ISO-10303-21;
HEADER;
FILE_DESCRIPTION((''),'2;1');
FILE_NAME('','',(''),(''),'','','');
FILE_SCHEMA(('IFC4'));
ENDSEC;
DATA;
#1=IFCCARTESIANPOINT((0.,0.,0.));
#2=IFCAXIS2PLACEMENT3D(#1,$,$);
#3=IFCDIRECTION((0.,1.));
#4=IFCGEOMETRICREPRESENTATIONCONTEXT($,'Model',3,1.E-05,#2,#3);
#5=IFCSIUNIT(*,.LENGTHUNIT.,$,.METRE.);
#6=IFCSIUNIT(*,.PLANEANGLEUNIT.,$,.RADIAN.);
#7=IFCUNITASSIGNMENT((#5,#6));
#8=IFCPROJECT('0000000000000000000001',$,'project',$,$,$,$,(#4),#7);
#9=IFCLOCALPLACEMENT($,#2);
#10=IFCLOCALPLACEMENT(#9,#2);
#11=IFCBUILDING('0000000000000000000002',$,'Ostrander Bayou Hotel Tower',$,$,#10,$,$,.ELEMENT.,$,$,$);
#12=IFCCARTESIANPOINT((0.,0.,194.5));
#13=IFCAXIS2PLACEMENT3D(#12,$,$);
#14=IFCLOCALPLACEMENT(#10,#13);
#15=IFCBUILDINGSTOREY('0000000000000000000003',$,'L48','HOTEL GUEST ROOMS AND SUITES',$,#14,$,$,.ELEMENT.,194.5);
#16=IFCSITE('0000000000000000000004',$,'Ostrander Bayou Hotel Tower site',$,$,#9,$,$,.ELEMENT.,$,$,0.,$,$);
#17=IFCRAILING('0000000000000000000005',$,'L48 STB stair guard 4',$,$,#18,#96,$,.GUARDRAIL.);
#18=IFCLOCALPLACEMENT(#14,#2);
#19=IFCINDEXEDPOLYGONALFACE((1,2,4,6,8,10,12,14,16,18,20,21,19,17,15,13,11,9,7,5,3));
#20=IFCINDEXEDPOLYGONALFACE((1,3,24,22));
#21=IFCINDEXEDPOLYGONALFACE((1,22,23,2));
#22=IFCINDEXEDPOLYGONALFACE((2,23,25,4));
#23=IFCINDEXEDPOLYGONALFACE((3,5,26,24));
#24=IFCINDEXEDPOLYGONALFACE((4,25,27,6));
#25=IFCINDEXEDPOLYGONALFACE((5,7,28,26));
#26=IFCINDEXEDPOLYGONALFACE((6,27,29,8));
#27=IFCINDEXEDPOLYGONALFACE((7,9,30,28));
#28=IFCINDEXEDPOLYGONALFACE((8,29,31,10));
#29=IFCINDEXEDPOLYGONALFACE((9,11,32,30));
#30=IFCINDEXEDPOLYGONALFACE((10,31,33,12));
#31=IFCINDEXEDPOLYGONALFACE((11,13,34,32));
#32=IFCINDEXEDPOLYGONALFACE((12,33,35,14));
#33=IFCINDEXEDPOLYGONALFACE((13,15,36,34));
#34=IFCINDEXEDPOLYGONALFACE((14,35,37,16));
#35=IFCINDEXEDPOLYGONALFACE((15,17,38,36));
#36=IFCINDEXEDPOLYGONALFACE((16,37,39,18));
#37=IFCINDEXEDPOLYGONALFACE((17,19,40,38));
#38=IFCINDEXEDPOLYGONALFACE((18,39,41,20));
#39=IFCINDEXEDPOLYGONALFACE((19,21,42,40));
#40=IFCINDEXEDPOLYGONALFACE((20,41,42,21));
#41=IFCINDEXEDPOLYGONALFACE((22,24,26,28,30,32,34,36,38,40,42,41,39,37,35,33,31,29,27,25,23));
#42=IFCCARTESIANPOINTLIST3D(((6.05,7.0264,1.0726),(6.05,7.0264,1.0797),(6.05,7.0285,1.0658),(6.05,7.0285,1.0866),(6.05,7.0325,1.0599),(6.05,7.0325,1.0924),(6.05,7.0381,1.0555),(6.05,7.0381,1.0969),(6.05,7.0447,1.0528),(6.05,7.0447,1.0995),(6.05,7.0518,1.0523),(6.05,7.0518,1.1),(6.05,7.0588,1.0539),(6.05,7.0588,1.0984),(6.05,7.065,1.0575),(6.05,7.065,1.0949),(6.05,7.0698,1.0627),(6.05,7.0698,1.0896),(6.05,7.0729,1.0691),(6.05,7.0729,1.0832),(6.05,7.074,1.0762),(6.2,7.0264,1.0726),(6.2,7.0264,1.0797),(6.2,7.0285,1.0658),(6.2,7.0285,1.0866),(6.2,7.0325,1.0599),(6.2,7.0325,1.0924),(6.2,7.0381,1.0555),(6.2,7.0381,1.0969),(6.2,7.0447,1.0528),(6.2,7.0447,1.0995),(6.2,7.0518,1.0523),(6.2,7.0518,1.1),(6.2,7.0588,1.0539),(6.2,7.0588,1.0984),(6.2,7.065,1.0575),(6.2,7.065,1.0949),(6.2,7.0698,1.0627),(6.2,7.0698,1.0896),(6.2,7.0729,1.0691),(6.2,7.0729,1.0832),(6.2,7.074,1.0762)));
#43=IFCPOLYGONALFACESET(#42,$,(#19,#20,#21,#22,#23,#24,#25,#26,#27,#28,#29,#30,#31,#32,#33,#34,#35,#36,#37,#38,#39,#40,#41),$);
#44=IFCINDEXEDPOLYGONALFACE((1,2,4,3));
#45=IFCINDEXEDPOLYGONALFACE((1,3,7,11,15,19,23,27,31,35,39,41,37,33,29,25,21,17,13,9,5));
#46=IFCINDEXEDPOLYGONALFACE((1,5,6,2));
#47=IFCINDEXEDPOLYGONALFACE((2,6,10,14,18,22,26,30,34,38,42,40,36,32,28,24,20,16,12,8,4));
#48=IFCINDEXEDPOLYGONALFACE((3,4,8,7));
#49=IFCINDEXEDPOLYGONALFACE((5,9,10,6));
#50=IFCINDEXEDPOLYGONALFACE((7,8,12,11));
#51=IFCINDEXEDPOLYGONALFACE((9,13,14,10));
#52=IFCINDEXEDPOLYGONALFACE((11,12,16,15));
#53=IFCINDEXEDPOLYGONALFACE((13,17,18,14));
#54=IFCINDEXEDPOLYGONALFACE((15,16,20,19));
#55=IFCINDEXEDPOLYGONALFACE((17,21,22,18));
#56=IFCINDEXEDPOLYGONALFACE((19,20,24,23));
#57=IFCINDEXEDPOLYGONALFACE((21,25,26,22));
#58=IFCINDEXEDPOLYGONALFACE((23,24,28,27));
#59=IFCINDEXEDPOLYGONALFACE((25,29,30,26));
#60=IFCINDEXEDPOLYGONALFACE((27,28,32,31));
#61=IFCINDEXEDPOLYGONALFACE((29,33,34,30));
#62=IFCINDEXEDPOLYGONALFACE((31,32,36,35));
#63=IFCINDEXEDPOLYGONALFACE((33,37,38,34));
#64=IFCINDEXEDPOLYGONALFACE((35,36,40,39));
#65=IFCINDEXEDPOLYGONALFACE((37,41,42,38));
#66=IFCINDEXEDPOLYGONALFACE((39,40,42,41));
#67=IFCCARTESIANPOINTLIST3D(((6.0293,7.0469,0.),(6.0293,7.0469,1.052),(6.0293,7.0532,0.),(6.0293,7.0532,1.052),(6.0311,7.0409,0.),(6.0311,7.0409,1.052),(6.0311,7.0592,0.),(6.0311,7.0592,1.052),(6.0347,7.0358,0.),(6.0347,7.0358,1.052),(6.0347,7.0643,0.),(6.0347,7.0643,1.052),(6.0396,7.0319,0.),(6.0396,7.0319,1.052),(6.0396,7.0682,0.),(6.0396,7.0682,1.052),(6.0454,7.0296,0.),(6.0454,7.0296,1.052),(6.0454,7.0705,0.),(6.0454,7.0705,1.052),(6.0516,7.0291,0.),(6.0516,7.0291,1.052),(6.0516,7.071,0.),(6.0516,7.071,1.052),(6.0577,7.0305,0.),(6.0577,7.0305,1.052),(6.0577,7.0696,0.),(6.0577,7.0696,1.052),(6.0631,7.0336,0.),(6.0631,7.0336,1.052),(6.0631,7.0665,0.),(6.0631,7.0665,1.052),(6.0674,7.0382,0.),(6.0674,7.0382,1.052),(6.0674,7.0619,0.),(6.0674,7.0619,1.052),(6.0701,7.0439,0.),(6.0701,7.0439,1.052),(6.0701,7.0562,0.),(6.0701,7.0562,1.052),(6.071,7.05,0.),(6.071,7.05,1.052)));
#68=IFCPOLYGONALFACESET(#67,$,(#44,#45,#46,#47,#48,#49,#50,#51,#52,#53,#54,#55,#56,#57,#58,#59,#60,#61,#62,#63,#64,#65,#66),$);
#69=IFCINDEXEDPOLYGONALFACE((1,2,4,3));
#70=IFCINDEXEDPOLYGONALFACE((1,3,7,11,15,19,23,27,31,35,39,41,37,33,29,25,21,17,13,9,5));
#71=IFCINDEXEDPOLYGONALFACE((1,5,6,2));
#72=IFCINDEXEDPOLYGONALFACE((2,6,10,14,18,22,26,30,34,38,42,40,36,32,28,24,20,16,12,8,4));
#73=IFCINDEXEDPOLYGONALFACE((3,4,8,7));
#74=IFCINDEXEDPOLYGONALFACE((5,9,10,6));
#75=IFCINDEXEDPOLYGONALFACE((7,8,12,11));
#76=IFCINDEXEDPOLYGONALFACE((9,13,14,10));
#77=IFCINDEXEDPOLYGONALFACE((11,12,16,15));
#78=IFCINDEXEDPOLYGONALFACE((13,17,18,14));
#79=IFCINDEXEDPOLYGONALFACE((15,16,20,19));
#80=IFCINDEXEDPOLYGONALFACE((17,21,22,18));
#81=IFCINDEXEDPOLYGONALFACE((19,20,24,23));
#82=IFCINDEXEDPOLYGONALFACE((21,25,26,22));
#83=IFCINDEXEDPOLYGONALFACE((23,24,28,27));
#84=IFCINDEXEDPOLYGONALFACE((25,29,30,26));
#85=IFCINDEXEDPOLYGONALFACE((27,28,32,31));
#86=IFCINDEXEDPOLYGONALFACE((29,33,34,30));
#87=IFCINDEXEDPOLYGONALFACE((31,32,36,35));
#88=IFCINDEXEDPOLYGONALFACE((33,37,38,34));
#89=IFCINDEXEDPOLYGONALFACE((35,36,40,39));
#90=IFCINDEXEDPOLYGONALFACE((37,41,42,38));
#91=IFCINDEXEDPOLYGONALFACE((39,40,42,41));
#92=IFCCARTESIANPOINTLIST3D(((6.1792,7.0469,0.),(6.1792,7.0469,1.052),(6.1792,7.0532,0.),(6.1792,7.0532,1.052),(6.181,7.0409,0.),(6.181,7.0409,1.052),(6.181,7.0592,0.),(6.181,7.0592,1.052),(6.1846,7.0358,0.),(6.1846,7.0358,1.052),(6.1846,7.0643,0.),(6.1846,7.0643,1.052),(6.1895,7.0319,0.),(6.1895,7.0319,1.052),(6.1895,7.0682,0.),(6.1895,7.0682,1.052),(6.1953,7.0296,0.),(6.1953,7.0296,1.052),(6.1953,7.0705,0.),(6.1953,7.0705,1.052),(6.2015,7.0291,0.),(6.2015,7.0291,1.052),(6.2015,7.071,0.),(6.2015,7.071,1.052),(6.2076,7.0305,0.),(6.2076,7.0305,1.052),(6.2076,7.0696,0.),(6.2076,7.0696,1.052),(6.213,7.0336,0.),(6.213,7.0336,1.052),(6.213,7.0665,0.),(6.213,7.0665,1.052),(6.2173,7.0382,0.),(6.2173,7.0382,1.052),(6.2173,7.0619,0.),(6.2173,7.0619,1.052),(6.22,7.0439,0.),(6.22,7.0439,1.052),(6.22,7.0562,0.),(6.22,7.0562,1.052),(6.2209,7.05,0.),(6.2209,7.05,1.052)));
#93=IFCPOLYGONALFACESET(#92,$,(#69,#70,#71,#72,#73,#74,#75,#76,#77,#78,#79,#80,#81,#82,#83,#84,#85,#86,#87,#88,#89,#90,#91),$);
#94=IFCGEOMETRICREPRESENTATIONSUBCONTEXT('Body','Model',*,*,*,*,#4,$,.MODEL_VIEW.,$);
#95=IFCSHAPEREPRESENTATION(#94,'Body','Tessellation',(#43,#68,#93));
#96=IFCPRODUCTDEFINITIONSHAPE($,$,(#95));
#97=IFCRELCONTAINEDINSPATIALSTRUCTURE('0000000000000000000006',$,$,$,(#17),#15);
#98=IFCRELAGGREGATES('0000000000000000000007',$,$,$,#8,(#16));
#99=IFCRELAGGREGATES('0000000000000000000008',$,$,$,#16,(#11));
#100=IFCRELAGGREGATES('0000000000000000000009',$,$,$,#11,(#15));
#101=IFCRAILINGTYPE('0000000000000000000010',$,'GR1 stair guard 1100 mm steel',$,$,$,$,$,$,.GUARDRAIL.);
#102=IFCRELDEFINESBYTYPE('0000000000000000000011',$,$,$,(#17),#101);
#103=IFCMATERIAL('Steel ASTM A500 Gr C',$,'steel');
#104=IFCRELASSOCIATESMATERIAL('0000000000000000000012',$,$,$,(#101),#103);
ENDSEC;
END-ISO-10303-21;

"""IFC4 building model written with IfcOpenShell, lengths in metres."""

from ifc_helpers import new_model, si_unit, direction, frame, origin, origin_2d, place, context, subcontext, project, spatial, circle, extrude, material, type_object, element, save


model = new_model("IFC4")

# Units and contexts
model_context = context("Model", 3, precision=1e-05, world=origin(), true_north=direction((0.0, 1.0)))
body_context = subcontext(model_context, "Body", "Model", "MODEL_VIEW")
ifc_project = project(units=[si_unit("LENGTHUNIT", "METRE"), si_unit("PLANEANGLEUNIT", "RADIAN")], contexts=[model_context])

# Site, building, storey
site_placement = place(None, origin())
site = spatial("IfcSite", under=ifc_project, at=site_placement, Name="Ostrander Bayou Hotel Tower site", CompositionType="ELEMENT", RefElevation=0.0)
building_placement = place(site_placement, origin())
building = spatial("IfcBuilding", under=site, at=building_placement, Name="Ostrander Bayou Hotel Tower", CompositionType="ELEMENT")
storey_placement = place(building_placement, frame((0.0, 0.0, 194.5)))
storey = spatial("IfcBuildingStorey", under=building, at=storey_placement, Name="L48", Description="HOTEL GUEST ROOMS AND SUITES", CompositionType="ELEMENT", Elevation=194.5)

# Railing
ifc_material_1 = material(Name="Steel ASTM A500 Gr C", Category="steel")
railing_type_1 = type_object("IfcRailingType", Name="GR1 stair guard 1100 mm steel", PredefinedType="GUARDRAIL", material=ifc_material_1)
railing_1_placement = place(storey_placement, frame((6.05, 7.05, 0.0)))
element("IfcRailing", 1, at=railing_1_placement, inside=storey, type_object=railing_type_1, Name="L48 STB stair guard 4", PredefinedType="GUARDRAIL", context=body_context, shape_type="SweptSolid", body=[
    extrude(circle(Radius=0.0239, at=origin_2d()), frame((0.0, 0.0, 1.0762), z_axis=(1.0, 0.0, 0.0), x_axis=(0.0, 1.0, 0.0)), (0.0, 0.0, 1.0), 0.1499),
    extrude(circle(Radius=0.021, at=origin_2d()), origin(), (0.0, 0.0, 1.0), 1.052),
    extrude(circle(Radius=0.021, at=origin_2d()), frame((0.1499, 0.0, 0.0)), (0.0, 0.0, 1.0), 1.052),
])

save(model, "model.ifc")
